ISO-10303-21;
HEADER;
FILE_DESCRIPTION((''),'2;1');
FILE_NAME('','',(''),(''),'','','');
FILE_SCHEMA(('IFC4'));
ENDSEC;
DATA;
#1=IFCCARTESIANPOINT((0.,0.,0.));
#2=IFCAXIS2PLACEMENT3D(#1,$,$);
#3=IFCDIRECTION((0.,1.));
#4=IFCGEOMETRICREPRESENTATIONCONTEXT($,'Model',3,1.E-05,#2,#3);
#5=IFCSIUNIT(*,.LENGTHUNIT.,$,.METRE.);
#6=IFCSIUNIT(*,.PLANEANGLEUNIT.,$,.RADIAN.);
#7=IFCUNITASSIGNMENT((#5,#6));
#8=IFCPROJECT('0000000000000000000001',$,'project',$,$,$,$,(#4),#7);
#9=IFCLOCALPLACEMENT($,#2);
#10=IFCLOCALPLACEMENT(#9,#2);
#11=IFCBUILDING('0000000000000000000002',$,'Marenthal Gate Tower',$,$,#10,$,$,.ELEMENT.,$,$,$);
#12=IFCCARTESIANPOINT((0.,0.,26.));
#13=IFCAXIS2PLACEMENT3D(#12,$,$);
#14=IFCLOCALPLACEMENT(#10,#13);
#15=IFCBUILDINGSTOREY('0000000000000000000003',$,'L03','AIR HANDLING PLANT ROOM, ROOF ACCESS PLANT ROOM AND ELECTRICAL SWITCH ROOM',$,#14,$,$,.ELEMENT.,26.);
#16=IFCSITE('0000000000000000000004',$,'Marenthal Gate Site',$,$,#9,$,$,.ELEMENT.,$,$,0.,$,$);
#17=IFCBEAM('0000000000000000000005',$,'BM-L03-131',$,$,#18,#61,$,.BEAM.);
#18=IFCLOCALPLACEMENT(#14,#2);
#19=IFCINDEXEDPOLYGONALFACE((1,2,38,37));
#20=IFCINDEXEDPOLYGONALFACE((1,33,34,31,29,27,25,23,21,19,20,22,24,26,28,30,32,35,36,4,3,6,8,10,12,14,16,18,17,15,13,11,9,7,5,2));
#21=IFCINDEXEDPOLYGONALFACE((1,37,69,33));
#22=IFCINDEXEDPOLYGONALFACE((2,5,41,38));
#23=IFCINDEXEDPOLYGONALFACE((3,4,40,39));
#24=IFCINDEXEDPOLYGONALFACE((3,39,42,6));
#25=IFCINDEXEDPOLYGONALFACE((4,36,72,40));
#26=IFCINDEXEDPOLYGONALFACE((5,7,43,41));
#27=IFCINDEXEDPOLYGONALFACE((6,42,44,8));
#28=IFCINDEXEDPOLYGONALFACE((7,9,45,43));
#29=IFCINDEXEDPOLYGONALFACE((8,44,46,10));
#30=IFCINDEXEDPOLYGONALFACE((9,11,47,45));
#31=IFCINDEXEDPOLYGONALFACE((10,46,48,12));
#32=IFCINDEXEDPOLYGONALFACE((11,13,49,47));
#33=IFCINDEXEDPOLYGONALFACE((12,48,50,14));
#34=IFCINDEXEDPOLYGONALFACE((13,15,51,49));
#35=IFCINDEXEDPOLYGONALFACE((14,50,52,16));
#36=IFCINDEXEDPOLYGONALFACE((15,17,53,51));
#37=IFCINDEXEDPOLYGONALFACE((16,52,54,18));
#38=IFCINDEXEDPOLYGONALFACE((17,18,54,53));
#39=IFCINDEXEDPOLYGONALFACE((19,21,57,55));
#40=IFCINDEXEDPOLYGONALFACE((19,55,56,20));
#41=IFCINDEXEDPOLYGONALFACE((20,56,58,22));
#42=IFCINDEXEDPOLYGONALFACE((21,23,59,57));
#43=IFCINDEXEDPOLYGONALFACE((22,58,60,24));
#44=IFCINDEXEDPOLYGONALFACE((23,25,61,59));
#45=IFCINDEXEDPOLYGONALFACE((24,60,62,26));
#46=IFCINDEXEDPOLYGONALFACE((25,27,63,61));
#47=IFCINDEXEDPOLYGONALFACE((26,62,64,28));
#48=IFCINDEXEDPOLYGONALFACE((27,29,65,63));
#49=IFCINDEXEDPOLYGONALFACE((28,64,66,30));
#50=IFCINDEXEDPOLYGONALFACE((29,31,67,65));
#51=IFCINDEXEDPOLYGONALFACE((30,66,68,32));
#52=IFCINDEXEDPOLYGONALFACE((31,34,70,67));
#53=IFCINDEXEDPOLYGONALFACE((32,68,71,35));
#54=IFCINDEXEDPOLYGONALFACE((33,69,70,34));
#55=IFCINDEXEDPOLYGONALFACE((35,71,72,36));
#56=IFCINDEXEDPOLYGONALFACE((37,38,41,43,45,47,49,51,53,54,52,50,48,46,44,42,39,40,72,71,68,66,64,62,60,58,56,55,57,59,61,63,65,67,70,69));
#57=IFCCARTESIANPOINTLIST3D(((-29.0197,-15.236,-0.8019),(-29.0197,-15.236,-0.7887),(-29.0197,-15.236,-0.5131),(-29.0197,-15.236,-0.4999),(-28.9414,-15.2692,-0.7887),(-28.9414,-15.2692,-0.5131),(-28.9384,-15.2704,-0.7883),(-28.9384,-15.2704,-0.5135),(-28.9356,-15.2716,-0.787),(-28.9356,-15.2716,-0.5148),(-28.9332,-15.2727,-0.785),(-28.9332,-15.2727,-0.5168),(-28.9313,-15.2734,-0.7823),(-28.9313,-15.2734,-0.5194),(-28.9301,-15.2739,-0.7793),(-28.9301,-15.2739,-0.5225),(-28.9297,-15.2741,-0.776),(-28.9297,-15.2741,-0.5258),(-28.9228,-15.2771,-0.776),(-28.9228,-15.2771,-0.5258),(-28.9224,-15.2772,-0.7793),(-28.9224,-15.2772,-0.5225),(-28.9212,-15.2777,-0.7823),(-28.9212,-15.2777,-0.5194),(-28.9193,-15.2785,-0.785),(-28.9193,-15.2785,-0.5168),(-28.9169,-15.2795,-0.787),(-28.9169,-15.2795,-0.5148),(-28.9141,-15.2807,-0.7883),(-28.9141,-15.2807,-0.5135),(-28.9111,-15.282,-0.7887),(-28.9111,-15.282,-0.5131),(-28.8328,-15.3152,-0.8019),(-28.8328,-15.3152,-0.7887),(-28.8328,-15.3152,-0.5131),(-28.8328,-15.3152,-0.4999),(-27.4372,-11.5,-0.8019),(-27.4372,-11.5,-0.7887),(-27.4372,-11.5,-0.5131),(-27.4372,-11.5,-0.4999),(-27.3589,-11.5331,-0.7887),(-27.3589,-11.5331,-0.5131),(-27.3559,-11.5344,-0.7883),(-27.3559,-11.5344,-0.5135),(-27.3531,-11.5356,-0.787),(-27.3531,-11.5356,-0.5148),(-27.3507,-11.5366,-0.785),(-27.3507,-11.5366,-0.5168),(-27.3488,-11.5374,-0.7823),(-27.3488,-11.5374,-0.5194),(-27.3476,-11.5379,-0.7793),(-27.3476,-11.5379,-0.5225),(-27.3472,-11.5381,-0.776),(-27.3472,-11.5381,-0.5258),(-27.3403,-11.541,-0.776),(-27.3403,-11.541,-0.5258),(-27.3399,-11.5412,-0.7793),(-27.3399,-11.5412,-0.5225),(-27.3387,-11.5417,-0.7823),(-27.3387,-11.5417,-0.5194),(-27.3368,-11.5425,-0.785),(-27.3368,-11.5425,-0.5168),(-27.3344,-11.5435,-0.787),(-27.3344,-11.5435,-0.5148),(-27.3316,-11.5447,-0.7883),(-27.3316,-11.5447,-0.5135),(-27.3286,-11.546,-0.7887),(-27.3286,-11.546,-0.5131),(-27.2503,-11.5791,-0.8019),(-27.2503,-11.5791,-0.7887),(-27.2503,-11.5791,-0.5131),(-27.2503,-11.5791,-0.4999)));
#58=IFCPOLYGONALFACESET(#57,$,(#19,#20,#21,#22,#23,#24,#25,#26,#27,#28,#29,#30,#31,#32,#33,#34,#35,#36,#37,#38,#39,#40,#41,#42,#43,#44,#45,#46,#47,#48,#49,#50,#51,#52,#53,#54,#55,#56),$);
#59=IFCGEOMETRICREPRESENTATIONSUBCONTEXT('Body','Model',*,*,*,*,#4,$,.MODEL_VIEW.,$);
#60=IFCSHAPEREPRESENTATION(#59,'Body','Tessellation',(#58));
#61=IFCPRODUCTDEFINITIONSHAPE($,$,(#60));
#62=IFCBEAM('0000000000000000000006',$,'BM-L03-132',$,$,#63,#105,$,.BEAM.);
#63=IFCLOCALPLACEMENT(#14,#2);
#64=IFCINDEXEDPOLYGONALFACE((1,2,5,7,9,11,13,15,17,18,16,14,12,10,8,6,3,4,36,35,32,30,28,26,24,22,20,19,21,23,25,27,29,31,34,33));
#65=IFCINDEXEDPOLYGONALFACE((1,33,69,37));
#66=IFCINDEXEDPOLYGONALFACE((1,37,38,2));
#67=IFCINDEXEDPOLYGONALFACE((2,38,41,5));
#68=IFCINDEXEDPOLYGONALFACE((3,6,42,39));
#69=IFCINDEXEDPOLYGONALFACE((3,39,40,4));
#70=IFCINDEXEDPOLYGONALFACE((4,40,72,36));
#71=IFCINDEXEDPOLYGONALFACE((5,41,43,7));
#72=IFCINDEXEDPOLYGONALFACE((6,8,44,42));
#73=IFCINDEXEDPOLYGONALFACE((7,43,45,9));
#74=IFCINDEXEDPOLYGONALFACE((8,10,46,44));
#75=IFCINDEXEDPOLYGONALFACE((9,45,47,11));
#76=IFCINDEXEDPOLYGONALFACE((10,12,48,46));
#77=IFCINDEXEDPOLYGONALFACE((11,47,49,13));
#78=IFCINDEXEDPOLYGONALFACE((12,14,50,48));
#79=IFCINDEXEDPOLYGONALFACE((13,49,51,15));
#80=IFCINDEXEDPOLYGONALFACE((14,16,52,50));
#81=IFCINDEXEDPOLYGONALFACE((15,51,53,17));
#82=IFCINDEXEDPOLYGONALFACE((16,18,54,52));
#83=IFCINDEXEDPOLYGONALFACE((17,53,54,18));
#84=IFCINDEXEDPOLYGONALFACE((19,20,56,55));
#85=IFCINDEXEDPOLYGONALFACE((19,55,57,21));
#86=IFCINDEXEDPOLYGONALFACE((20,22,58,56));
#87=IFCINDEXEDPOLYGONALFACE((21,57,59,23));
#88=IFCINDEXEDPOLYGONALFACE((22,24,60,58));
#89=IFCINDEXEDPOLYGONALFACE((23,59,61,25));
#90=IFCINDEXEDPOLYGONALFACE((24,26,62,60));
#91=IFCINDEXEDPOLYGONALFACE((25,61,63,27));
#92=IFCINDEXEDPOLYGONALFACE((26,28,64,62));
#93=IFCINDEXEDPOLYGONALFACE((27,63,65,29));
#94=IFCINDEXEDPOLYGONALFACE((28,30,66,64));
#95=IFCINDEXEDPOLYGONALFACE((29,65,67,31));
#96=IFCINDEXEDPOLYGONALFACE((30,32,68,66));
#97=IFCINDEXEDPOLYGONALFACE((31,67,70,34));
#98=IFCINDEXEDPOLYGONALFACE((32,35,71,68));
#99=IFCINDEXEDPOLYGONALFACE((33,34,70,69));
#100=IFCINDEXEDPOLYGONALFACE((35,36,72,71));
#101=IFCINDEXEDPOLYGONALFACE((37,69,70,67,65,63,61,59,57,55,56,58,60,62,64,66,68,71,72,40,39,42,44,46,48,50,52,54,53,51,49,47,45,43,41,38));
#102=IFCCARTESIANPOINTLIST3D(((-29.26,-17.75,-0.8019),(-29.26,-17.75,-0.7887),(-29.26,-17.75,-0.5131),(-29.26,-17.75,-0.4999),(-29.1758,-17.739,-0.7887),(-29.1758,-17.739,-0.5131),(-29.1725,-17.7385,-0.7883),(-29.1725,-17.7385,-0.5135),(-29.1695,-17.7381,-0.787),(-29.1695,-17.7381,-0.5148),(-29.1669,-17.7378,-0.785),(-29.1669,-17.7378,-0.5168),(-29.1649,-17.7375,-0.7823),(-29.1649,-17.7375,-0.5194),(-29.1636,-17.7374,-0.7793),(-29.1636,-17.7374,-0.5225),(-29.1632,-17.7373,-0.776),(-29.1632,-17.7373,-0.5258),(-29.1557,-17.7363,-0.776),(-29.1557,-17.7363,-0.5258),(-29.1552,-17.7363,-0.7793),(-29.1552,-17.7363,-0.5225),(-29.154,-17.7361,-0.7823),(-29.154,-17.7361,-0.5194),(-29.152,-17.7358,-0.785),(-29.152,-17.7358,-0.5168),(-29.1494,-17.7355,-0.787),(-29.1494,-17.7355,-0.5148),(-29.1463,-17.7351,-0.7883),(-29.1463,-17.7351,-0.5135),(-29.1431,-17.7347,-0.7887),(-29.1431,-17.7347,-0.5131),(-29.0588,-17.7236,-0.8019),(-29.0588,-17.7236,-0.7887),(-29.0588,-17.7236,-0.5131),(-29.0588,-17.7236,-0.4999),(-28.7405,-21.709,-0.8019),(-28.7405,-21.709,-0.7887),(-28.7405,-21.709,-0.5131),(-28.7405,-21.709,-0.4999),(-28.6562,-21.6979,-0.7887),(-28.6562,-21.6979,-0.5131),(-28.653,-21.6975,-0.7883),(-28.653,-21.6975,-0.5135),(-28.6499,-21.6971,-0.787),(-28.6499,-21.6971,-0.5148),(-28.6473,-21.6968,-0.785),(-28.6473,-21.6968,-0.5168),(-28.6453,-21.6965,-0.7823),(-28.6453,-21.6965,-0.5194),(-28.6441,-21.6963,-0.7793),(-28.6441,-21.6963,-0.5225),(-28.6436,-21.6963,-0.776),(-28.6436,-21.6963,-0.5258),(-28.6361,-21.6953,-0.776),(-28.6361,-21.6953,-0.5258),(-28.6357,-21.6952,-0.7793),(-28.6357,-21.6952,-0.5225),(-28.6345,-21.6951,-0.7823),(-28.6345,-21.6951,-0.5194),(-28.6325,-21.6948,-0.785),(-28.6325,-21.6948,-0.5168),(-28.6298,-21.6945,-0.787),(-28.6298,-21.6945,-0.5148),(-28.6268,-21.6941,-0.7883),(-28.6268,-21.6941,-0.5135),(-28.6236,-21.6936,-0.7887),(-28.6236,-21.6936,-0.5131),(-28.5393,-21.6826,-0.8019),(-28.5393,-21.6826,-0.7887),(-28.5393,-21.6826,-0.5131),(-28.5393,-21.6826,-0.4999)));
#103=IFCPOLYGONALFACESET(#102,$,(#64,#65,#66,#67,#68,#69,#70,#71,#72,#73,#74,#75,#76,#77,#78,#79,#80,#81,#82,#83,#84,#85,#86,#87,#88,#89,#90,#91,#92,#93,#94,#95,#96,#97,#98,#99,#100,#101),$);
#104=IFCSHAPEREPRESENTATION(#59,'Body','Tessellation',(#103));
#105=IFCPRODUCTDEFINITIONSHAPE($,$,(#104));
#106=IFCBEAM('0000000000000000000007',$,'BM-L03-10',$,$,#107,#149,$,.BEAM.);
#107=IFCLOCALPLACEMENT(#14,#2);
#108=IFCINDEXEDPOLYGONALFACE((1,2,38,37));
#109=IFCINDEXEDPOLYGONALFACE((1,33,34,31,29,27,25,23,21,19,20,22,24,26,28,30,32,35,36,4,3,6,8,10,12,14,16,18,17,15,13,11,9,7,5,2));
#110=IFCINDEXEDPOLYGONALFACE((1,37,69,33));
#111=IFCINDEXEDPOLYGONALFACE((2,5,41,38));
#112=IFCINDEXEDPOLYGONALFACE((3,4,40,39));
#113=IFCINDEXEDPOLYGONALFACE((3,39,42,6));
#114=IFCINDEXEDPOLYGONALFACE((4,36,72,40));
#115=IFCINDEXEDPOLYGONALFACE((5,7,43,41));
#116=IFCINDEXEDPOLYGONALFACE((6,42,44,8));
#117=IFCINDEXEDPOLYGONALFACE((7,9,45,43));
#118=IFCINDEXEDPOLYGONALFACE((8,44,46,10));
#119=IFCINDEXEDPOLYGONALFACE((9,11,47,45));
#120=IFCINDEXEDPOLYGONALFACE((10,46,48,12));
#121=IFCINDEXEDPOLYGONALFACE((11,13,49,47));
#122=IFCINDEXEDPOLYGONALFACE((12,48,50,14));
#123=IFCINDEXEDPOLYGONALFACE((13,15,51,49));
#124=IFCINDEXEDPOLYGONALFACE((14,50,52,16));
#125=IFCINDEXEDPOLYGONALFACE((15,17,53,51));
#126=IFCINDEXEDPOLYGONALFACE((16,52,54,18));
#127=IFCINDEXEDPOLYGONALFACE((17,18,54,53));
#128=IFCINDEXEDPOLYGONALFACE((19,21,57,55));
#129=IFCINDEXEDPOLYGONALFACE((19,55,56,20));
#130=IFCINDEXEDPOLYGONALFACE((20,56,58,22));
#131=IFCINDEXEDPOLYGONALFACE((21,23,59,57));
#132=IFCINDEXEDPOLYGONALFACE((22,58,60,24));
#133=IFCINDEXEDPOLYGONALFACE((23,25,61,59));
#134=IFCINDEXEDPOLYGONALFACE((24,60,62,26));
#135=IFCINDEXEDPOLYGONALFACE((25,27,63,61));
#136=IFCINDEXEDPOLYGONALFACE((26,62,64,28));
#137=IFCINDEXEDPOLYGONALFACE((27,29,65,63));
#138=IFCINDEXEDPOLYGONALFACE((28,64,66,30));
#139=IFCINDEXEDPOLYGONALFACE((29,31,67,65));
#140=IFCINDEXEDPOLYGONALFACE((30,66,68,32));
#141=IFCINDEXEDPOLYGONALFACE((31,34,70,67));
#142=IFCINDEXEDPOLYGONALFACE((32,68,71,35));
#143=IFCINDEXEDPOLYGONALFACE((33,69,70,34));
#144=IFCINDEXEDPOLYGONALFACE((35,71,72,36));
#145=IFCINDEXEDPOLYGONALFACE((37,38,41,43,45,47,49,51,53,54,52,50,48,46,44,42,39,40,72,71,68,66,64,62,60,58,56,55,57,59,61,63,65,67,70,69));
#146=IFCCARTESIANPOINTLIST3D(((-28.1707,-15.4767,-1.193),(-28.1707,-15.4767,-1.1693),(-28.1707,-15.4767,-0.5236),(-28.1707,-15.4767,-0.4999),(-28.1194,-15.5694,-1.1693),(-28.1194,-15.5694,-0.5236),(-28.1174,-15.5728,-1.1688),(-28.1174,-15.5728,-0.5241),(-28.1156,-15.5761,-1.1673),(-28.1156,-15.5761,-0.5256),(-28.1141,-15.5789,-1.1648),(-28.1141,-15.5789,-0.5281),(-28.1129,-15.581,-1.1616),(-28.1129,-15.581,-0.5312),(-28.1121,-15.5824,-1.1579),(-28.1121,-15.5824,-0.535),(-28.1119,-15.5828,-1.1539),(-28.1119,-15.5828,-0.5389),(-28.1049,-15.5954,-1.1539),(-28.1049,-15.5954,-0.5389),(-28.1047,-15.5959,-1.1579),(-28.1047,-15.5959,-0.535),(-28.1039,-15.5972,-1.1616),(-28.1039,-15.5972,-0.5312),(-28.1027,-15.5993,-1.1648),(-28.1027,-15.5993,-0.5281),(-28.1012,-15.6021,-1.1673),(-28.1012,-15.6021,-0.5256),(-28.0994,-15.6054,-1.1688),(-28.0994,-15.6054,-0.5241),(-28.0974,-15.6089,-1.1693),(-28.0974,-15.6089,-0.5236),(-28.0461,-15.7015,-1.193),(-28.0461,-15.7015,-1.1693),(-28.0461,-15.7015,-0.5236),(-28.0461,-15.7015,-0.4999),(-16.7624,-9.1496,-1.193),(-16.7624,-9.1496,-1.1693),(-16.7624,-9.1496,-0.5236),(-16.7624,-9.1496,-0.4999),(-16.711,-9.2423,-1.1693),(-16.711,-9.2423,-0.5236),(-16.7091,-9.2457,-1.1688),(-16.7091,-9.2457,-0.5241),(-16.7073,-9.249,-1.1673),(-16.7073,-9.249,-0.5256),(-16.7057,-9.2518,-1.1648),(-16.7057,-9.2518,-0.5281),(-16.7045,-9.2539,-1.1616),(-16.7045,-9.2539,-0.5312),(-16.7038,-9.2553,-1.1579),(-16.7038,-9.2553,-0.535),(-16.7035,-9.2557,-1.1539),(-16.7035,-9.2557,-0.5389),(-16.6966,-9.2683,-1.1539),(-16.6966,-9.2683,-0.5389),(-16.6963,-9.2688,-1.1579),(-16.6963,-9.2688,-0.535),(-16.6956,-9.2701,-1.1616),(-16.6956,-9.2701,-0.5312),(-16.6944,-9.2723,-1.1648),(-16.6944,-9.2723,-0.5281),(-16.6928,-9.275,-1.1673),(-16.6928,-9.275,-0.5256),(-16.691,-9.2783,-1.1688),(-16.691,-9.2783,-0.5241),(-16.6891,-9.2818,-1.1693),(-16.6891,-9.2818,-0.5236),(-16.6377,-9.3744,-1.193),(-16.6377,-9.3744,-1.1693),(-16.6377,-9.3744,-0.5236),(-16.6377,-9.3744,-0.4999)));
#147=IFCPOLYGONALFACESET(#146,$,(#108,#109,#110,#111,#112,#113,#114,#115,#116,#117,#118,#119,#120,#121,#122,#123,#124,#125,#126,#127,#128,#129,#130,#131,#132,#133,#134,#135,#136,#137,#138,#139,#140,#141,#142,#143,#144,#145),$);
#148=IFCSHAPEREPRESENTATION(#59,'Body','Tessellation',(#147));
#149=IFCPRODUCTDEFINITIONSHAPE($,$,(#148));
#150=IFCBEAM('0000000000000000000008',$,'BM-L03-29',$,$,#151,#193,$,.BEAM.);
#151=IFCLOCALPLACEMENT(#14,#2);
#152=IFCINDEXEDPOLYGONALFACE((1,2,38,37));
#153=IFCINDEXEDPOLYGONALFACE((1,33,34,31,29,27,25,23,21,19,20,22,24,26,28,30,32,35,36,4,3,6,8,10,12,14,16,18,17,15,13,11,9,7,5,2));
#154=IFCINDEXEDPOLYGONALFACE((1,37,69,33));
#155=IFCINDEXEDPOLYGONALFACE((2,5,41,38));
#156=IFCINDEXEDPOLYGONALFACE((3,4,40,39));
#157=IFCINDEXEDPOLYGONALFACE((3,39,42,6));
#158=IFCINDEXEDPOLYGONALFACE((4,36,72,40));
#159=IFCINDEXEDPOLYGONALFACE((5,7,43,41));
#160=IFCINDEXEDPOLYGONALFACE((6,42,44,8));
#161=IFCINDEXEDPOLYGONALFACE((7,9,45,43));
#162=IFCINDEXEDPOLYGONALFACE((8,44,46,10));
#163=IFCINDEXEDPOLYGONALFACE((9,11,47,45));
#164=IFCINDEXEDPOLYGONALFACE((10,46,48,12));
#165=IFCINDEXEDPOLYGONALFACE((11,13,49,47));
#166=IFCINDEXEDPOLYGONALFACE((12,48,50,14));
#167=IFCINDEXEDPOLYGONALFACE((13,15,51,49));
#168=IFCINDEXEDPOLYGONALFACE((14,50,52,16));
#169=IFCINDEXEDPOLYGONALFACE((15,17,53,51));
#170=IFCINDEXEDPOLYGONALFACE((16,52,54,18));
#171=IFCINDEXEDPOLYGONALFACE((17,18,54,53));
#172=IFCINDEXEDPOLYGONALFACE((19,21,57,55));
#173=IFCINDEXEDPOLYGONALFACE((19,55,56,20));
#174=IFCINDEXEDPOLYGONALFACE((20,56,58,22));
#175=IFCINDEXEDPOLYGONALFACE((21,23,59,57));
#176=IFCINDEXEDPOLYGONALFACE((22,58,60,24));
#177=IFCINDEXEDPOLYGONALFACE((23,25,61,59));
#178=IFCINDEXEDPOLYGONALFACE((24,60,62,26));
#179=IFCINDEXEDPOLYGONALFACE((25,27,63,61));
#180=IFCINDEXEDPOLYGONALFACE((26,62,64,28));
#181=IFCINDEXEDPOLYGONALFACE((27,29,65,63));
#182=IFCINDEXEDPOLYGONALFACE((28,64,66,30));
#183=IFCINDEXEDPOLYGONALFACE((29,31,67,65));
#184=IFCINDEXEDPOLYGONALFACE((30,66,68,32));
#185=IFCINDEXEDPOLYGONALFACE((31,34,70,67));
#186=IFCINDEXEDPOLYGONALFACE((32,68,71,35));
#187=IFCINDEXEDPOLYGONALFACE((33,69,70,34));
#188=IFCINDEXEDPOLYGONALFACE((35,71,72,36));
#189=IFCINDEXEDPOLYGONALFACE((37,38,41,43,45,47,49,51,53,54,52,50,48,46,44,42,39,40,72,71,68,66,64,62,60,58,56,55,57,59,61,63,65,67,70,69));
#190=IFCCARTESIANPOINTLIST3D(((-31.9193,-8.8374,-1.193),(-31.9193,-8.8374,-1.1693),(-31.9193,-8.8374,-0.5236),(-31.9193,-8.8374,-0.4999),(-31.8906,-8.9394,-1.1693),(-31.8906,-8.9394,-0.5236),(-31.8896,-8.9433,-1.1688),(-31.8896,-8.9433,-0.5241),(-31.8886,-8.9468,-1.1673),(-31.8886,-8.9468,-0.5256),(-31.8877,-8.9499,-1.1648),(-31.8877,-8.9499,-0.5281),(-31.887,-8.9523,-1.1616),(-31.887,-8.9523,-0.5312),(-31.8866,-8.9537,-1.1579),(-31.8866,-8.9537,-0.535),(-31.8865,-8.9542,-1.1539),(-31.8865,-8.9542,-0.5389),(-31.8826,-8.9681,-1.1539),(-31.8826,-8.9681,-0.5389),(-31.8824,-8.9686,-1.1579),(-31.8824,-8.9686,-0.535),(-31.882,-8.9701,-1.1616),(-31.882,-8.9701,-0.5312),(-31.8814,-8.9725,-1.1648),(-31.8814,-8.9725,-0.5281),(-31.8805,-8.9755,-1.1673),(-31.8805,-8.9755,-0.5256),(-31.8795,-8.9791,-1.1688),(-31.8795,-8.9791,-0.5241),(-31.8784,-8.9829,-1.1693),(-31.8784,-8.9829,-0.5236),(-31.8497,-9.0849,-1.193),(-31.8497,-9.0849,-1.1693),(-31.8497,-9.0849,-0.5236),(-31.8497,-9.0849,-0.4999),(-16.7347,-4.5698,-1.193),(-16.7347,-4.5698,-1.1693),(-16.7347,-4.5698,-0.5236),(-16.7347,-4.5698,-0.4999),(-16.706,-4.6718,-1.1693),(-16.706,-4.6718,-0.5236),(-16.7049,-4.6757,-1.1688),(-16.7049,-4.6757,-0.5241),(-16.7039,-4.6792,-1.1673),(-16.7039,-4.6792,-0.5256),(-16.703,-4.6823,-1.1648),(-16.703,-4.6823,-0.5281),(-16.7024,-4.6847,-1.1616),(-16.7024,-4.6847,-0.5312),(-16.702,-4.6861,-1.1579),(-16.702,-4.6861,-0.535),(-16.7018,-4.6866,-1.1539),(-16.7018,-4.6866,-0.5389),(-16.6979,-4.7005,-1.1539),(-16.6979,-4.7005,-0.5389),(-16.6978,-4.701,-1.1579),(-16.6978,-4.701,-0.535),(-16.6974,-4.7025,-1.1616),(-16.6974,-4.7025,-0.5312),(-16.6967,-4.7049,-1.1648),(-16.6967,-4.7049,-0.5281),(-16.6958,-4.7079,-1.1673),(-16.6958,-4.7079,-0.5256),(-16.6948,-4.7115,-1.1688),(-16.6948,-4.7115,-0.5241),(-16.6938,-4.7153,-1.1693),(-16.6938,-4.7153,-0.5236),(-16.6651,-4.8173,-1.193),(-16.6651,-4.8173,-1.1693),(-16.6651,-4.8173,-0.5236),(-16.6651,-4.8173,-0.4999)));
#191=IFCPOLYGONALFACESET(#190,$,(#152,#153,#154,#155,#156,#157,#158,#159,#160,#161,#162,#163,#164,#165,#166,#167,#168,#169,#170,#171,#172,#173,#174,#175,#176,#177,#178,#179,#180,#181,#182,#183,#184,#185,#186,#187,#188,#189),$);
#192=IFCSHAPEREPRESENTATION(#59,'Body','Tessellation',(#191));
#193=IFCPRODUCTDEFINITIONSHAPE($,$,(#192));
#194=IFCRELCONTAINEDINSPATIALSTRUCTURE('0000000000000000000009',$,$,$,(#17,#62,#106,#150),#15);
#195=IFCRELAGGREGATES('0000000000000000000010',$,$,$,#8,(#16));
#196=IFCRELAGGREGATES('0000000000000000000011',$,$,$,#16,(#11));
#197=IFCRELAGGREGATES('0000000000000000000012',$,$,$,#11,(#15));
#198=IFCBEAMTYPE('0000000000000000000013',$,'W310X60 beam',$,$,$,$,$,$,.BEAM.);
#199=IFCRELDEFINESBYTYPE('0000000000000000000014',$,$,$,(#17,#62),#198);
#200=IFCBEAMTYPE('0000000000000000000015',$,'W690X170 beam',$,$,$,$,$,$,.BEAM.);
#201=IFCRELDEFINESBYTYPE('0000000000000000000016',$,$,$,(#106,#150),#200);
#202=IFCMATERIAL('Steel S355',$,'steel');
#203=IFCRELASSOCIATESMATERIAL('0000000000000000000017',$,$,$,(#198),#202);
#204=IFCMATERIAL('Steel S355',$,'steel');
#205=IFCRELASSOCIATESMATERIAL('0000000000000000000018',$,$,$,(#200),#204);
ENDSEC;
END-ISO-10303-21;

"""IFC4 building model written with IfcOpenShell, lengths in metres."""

from ifc_helpers import new_model, si_unit, direction, frame, origin, origin_2d, place, context, subcontext, project, spatial, i_section, extrude, material, material_profile, profile_set, type_object, element, save


model = new_model("IFC4")

# Units and contexts
model_context = context("Model", 3, precision=1e-05, world=origin(), true_north=direction((0.0, 1.0)))
body_context = subcontext(model_context, "Body", "Model", "MODEL_VIEW")
ifc_project = project(units=[si_unit("LENGTHUNIT", "METRE"), si_unit("PLANEANGLEUNIT", "RADIAN")], contexts=[model_context])

# Site, building, storey
site_placement = place(None, origin())
site = spatial("IfcSite", under=ifc_project, at=site_placement, Name="Marenthal Gate Site", CompositionType="ELEMENT", RefElevation=0.0)
building_placement = place(site_placement, origin())
building = spatial("IfcBuilding", under=site, at=building_placement, Name="Marenthal Gate Tower", CompositionType="ELEMENT")
storey_placement = place(building_placement, frame((0.0, 0.0, 26.0)))
storey = spatial("IfcBuildingStorey", under=building, at=storey_placement, Name="L03", Description="AIR HANDLING PLANT ROOM, ROOF ACCESS PLANT ROOM AND ELECTRICAL SWITCH ROOM", CompositionType="ELEMENT", Elevation=26.0)

# Beams
ifc_material_1 = material(Name="Steel S355", Category="steel")
ifc_material_profile_1 = material_profile(ifc_material_1, i_section(OverallWidth=0.2029, OverallDepth=0.302, WebThickness=0.0076, FlangeThickness=0.0132, FilletRadius=0.0127, at=origin_2d()), Name="W310X60")
ifc_profile_set_1 = profile_set([ifc_material_profile_1], Name="Steel S355")
beam_type_1 = type_object("IfcBeamType", Name="W310X60 beam", PredefinedType="BEAM", material=ifc_profile_set_1)
beam_1_placement = place(storey_placement, frame((-27.3438, -11.5396, -0.6509), z_axis=(-0.390031, -0.920802, 0.0), x_axis=(0.920802, -0.390031, 0.0)))
element("IfcBeam", 1, at=beam_1_placement, inside=storey, type_object=beam_type_1, Name="BM-L03-131", PredefinedType="BEAM", context=body_context, shape_type="SweptSolid", body=[
    extrude(i_section(OverallWidth=0.2029, OverallDepth=0.302, WebThickness=0.0076, FlangeThickness=0.0132, FilletRadius=0.0127, at=origin_2d()), origin(), (0.0, 0.0, 1.0), 4.0574),
])
beam_2_placement = place(storey_placement, frame((-29.1594, -17.7368, -0.6509), z_axis=(0.130113, -0.991499, 0.0), x_axis=(0.991499, 0.130113, 0.0)))
element("IfcBeam", 2, at=beam_2_placement, inside=storey, type_object=beam_type_1, Name="BM-L03-132", PredefinedType="BEAM", context=body_context, shape_type="SweptSolid", body=[
    extrude(i_section(OverallWidth=0.2029, OverallDepth=0.302, WebThickness=0.0076, FlangeThickness=0.0132, FilletRadius=0.0127, at=origin_2d()), origin(), (0.0, 0.0, 1.0), 3.9929),
])
ifc_material_2 = material(Name="Steel S355", Category="steel")
ifc_material_profile_2 = material_profile(ifc_material_2, i_section(OverallWidth=0.2571, OverallDepth=0.6931, WebThickness=0.0144, FlangeThickness=0.0237, FilletRadius=0.0154, at=origin_2d()), Name="W690X170")
ifc_profile_set_2 = profile_set([ifc_material_profile_2], Name="Steel S355")
beam_type_2 = type_object("IfcBeamType", Name="W690X170 beam", PredefinedType="BEAM", material=ifc_profile_set_2)
beam_3_placement = place(storey_placement, frame((-28.1084, -15.5891, -0.8464), z_axis=(0.874511, 0.485006, 0.0), x_axis=(-0.485006, 0.874511, 0.0)))
element("IfcBeam", 3, at=beam_3_placement, inside=storey, type_object=beam_type_2, Name="BM-L03-10", PredefinedType="BEAM", context=body_context, shape_type="SweptSolid", body=[
    extrude(i_section(OverallWidth=0.2571, OverallDepth=0.6931, WebThickness=0.0144, FlangeThickness=0.0237, FilletRadius=0.0154, at=origin_2d()), origin(), (0.0, 0.0, 1.0), 13.0454),
])
beam_4_placement = place(storey_placement, frame((-31.8845, -8.9612, -0.8464), z_axis=(0.962702, 0.270564, 0.0), x_axis=(-0.270564, 0.962702, 0.0)))
element("IfcBeam", 4, at=beam_4_placement, inside=storey, type_object=beam_type_2, Name="BM-L03-29", PredefinedType="BEAM", context=body_context, shape_type="SweptSolid", body=[
    extrude(i_section(OverallWidth=0.2571, OverallDepth=0.6931, WebThickness=0.0144, FlangeThickness=0.0237, FilletRadius=0.0154, at=origin_2d()), origin(), (0.0, 0.0, 1.0), 15.7729),
])

save(model, "model.ifc")
